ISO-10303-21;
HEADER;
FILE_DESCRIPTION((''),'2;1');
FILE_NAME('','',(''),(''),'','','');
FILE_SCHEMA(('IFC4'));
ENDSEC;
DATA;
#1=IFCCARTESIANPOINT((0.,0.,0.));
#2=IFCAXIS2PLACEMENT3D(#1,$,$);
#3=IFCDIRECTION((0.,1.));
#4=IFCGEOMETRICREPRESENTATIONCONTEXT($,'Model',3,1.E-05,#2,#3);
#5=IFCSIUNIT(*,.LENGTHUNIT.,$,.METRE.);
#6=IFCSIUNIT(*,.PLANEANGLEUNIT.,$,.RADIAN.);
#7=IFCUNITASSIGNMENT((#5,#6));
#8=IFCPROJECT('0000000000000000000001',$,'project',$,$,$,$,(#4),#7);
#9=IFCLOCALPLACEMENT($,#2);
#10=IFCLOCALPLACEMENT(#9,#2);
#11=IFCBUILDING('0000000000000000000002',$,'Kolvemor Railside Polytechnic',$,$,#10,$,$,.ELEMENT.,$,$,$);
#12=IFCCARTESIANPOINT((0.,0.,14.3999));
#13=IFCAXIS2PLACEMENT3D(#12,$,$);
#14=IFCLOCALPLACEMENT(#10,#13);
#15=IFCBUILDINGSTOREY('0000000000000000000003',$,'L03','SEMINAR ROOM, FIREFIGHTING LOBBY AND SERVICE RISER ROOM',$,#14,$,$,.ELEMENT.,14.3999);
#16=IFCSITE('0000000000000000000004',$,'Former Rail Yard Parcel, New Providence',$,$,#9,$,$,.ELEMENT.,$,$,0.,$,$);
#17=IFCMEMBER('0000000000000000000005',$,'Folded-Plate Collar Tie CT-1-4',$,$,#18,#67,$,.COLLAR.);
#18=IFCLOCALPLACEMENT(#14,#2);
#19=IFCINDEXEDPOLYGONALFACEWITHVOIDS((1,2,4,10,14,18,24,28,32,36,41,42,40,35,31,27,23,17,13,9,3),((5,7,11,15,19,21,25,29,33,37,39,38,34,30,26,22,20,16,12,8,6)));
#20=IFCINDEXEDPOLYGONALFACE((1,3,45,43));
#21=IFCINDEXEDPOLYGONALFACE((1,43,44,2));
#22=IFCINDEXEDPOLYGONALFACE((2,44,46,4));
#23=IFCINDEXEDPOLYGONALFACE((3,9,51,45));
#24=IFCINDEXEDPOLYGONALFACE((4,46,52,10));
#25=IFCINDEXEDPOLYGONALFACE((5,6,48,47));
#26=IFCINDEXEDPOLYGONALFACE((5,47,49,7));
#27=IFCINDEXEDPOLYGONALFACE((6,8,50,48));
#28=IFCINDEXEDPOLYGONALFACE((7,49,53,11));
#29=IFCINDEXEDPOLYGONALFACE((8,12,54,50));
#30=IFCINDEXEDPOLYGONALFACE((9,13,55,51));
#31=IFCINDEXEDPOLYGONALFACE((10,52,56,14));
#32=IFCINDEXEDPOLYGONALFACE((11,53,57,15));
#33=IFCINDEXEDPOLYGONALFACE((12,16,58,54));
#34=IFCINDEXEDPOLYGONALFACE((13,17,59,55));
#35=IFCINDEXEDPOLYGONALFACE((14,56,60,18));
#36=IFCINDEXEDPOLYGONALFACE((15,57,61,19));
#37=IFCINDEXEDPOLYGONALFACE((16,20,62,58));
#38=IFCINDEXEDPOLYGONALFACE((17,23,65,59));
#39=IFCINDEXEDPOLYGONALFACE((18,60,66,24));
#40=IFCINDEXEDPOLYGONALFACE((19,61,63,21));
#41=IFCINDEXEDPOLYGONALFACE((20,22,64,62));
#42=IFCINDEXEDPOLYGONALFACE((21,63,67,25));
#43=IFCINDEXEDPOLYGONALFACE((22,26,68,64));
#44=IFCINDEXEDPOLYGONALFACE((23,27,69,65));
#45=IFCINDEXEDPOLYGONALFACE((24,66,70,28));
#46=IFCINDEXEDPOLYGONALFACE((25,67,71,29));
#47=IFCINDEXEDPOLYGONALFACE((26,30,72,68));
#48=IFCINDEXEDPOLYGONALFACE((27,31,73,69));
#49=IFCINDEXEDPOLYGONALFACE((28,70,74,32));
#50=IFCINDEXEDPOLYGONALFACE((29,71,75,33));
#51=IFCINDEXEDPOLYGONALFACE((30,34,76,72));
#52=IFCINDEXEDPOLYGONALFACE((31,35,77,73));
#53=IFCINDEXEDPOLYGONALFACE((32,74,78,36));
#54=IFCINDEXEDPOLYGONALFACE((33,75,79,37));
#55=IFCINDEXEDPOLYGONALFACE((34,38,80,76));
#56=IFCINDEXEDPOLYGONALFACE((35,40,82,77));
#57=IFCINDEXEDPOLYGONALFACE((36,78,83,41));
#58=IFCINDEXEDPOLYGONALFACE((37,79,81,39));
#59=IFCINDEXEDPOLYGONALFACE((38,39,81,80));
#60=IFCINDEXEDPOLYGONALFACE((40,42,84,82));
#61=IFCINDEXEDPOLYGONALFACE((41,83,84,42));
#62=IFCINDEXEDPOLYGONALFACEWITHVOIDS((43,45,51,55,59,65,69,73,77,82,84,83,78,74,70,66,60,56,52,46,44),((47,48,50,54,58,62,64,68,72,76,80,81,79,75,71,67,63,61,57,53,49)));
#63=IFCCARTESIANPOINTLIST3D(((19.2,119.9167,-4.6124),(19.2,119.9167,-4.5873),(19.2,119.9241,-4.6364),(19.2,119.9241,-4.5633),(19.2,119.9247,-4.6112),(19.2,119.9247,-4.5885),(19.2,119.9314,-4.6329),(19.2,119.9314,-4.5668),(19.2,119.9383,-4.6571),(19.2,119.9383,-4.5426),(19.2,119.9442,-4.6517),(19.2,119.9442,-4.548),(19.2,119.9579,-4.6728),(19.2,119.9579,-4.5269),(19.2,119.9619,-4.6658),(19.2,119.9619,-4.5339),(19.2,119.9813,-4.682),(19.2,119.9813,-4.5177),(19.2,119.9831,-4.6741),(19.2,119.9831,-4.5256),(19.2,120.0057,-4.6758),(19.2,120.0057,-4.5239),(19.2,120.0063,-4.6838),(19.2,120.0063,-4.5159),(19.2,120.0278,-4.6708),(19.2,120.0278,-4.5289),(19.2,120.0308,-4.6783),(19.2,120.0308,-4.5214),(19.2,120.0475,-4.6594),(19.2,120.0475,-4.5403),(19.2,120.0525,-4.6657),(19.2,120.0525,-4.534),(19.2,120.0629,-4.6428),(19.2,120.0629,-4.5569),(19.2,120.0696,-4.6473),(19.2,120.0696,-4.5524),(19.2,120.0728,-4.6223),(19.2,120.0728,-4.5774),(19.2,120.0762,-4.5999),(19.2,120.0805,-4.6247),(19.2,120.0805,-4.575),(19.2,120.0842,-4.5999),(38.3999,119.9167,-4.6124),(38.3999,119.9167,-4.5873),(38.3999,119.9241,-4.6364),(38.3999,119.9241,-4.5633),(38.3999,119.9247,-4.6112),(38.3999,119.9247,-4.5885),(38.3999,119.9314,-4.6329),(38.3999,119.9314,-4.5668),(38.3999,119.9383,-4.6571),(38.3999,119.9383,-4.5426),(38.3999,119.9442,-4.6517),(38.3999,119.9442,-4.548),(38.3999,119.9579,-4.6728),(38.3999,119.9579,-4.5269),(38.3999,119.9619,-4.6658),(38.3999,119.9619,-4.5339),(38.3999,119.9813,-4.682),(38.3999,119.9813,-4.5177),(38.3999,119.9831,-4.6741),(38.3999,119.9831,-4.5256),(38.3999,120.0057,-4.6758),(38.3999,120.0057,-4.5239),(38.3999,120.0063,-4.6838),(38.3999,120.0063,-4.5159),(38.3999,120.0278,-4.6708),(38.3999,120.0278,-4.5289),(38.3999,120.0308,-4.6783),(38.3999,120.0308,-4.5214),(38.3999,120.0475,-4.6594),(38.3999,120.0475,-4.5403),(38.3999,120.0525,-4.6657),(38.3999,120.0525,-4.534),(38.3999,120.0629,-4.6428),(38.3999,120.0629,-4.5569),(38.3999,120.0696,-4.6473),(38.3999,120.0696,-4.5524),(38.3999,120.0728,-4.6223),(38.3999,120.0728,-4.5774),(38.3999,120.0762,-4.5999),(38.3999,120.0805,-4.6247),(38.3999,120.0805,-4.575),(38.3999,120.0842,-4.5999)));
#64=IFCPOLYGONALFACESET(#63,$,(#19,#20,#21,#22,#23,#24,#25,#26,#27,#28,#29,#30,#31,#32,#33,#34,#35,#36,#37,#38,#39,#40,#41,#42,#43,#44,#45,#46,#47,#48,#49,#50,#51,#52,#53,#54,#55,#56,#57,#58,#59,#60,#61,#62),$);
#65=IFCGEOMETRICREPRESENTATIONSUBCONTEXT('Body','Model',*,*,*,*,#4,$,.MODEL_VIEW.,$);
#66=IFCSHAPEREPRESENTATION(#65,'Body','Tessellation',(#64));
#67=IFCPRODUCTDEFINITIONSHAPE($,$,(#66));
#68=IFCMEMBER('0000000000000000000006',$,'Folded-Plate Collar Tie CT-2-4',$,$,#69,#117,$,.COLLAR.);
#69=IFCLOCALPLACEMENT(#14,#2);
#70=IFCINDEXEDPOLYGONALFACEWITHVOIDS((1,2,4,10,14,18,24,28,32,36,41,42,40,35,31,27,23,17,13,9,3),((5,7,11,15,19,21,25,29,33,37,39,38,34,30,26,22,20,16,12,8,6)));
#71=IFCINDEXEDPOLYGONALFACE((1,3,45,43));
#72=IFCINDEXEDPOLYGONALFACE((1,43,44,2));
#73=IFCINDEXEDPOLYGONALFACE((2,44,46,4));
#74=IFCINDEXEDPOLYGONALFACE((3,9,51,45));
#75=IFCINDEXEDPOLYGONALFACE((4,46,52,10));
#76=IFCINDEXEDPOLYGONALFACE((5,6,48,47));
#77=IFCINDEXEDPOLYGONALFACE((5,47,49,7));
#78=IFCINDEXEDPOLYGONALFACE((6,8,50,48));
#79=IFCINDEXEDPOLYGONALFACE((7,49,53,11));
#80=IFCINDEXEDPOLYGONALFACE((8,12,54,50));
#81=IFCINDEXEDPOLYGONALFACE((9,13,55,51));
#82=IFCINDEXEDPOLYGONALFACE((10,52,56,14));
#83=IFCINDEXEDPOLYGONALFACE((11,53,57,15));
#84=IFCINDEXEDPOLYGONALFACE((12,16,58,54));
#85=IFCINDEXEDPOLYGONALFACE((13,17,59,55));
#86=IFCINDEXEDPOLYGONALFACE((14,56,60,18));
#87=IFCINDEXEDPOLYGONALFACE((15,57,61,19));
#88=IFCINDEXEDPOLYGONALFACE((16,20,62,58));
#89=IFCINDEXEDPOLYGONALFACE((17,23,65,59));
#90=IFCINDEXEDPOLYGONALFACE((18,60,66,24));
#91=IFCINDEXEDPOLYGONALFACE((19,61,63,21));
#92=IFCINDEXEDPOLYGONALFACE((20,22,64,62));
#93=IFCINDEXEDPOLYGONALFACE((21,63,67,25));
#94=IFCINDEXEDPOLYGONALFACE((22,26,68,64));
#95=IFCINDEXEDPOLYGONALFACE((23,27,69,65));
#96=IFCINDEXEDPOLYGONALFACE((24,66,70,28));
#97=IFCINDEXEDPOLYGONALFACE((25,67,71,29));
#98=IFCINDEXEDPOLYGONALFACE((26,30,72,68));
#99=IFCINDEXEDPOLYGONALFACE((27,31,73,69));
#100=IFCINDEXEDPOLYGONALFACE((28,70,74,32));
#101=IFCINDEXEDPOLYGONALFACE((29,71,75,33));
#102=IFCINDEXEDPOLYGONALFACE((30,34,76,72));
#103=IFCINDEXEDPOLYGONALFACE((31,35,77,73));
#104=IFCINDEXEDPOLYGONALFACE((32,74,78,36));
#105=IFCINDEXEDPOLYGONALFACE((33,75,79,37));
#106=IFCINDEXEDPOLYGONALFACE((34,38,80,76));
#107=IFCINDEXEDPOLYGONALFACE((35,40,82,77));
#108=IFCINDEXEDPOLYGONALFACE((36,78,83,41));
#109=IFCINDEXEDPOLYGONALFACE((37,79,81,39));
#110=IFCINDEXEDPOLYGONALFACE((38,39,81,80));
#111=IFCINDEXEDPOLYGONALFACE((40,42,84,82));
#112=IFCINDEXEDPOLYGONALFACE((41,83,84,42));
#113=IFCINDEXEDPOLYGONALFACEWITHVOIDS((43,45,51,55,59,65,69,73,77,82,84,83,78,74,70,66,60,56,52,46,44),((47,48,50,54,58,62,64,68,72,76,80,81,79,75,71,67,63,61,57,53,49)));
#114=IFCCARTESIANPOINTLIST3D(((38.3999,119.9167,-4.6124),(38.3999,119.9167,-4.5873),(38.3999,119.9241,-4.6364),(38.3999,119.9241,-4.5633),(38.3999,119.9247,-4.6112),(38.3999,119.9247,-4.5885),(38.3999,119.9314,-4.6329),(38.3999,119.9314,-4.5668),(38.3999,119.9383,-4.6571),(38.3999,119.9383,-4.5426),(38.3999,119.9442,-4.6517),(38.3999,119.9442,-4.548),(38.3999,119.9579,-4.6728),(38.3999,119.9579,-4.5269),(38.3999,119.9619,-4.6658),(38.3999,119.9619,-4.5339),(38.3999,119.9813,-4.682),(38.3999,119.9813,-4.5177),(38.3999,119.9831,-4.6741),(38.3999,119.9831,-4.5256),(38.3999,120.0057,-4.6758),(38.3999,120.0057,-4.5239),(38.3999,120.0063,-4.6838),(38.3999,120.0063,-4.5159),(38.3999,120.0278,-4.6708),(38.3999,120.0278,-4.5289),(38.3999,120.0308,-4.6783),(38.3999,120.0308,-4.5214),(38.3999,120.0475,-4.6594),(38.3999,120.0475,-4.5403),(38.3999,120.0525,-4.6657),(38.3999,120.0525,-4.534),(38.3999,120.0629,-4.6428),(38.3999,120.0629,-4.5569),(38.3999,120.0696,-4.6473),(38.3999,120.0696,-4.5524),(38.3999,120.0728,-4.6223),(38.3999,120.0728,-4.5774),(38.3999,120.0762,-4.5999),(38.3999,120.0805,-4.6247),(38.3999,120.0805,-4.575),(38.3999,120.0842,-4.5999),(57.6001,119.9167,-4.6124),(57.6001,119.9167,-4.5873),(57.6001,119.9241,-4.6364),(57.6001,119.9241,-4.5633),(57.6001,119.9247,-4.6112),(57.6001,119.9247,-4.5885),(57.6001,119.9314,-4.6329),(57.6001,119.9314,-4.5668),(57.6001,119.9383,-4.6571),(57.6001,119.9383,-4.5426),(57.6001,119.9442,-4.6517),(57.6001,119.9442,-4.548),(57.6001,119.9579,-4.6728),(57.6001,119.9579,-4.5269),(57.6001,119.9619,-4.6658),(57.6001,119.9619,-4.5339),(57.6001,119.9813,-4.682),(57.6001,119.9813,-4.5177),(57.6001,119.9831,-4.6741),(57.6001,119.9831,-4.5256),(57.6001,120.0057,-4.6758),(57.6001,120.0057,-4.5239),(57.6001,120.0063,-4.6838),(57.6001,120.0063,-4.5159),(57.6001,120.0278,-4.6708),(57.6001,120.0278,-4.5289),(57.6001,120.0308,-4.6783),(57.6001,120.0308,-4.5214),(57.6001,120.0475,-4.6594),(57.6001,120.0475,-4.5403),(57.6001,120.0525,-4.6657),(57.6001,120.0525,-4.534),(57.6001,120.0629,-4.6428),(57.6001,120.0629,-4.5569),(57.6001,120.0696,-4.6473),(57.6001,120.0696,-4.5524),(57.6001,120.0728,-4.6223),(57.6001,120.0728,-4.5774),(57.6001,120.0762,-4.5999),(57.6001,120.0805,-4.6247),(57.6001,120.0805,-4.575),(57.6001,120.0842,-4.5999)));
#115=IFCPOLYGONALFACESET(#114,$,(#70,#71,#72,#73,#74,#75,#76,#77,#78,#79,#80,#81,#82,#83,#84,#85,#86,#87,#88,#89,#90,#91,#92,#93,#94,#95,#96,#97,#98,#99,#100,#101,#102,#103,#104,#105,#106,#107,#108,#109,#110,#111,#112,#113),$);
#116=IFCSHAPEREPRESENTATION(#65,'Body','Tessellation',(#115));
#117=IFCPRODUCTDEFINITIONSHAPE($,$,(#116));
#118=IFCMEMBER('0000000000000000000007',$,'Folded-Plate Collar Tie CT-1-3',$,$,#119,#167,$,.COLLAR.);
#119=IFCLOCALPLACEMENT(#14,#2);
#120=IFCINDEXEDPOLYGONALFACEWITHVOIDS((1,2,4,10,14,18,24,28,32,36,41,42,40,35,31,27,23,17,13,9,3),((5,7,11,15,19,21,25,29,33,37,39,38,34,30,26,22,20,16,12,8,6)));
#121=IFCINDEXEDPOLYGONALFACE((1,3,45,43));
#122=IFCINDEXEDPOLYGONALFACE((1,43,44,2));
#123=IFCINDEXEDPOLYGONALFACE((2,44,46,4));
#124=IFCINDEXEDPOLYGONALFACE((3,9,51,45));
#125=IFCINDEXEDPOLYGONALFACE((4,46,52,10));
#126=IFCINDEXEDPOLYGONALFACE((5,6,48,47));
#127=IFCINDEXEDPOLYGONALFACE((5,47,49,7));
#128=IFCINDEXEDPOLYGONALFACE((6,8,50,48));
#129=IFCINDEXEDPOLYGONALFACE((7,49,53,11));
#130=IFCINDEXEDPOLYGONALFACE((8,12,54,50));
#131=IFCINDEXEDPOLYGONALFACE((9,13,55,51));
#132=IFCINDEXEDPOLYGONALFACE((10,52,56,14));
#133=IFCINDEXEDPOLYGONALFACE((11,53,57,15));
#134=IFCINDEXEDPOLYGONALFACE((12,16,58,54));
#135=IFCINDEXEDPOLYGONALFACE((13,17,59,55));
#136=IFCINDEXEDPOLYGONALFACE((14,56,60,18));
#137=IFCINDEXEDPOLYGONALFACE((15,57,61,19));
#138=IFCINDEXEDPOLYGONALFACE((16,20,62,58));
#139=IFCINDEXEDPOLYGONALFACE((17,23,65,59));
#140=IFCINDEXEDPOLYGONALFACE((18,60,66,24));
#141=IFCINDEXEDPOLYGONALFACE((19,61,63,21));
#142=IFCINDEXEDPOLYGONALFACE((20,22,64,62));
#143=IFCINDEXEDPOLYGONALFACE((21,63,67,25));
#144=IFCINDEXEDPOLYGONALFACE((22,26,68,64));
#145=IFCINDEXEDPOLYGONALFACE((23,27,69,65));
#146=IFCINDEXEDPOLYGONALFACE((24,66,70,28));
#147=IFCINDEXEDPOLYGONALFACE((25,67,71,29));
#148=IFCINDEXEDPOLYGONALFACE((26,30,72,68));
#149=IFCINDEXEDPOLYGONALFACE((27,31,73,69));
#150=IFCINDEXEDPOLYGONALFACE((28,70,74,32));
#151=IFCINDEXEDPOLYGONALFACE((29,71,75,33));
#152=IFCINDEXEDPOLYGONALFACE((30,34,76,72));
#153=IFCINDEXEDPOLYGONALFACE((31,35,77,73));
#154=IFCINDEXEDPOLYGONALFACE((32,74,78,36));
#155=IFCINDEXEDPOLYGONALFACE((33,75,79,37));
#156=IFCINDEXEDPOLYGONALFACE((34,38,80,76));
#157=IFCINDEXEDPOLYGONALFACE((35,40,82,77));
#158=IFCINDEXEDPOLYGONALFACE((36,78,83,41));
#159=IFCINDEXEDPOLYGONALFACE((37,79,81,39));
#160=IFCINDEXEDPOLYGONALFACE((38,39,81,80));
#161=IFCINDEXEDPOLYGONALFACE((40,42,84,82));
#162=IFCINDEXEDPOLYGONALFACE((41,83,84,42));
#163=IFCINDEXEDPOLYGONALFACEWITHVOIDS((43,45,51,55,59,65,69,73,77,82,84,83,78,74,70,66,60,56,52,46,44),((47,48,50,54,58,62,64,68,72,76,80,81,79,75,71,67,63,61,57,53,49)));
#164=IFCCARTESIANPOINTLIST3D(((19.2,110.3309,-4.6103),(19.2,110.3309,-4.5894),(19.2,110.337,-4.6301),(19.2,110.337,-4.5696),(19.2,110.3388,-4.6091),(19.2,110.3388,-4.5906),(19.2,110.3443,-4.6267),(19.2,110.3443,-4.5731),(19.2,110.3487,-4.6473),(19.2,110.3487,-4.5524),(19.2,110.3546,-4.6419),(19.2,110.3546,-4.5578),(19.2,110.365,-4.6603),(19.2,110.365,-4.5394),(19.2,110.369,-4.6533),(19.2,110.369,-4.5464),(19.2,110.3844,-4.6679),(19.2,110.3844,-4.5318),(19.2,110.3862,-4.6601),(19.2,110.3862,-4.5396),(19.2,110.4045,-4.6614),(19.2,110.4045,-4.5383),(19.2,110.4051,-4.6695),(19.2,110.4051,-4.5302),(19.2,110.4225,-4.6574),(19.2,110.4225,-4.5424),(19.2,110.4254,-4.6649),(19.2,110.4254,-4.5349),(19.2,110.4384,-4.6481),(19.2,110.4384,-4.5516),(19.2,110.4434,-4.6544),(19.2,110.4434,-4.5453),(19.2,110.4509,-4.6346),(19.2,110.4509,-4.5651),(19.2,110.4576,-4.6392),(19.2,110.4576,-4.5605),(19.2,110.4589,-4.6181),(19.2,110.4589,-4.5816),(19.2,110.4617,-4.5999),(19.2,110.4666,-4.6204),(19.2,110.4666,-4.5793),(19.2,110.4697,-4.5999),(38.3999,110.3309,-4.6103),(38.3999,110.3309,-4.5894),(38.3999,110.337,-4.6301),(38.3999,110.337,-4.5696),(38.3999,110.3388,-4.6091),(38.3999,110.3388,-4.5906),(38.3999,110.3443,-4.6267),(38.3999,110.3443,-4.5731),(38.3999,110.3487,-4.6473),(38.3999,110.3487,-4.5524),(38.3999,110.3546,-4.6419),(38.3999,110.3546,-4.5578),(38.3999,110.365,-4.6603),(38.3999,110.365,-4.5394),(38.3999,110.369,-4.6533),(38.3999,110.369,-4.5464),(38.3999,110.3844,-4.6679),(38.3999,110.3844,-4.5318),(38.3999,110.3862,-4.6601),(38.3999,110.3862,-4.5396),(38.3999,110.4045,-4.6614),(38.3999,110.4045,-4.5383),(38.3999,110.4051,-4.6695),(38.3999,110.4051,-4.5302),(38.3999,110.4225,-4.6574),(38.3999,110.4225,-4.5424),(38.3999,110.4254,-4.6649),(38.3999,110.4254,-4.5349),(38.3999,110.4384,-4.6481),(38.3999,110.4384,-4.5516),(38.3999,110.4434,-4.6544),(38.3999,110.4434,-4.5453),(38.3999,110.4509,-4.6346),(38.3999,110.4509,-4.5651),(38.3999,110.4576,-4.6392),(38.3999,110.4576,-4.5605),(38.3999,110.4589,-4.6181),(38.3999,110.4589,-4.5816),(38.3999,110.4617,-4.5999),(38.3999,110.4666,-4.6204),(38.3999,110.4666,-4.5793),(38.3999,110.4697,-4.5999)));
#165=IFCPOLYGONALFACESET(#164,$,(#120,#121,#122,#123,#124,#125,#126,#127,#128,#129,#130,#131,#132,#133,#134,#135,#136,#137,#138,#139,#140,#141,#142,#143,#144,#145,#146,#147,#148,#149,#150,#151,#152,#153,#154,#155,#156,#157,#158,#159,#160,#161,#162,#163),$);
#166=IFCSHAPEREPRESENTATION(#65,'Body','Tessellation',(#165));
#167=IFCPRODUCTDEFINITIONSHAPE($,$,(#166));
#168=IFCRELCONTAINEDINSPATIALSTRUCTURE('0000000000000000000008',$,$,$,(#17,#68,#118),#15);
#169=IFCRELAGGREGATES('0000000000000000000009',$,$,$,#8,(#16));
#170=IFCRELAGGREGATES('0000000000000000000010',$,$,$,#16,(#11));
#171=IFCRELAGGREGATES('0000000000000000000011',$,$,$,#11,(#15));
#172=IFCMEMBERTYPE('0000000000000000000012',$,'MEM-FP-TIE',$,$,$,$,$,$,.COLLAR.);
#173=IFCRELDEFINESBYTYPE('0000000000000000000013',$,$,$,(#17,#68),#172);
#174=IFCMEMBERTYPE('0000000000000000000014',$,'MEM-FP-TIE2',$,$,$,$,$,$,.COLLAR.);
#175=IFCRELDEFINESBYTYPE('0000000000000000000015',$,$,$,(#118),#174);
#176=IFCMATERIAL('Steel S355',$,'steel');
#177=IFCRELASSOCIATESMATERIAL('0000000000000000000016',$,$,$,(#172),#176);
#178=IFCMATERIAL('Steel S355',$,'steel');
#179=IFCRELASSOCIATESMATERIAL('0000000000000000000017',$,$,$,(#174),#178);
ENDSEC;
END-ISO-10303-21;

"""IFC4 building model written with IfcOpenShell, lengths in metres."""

from ifc_helpers import new_model, si_unit, direction, frame, origin, origin_2d, place, context, subcontext, project, spatial, hollow_circle, extrude, material, material_profile, profile_set, type_object, element, save


model = new_model("IFC4")

# Units and contexts
model_context = context("Model", 3, precision=1e-05, world=origin(), true_north=direction((0.0, 1.0)))
body_context = subcontext(model_context, "Body", "Model", "MODEL_VIEW")
ifc_project = project(units=[si_unit("LENGTHUNIT", "METRE"), si_unit("PLANEANGLEUNIT", "RADIAN")], contexts=[model_context])

# Site, building, storey
site_placement = place(None, origin())
site = spatial("IfcSite", under=ifc_project, at=site_placement, Name="Former Rail Yard Parcel, New Providence", CompositionType="ELEMENT", RefElevation=0.0)
building_placement = place(site_placement, origin())
building = spatial("IfcBuilding", under=site, at=building_placement, Name="Kolvemor Railside Polytechnic", CompositionType="ELEMENT")
storey_placement = place(building_placement, frame((0.0, 0.0, 14.3999)))
storey = spatial("IfcBuildingStorey", under=building, at=storey_placement, Name="L03", Description="SEMINAR ROOM, FIREFIGHTING LOBBY AND SERVICE RISER ROOM", CompositionType="ELEMENT", Elevation=14.3999)

# Members
ifc_material_1 = material(Name="Steel S355", Category="steel")
ifc_material_profile_1 = material_profile(ifc_material_1, hollow_circle(Radius=0.0842, WallThickness=0.0081, at=origin_2d()), Name="CHS168.3x8")
ifc_profile_set_1 = profile_set([ifc_material_profile_1], Name="Steel S355")
member_type_1 = type_object("IfcMemberType", Name="MEM-FP-TIE", PredefinedType="COLLAR", material=ifc_profile_set_1)
member_1_placement = place(storey_placement, frame((19.2, 120.0, -4.5999), z_axis=(1.0, 0.0, 0.0), x_axis=(0.0, 1.0, 0.0)))
element("IfcMember", 1, at=member_1_placement, inside=storey, type_object=member_type_1, Name="Folded-Plate Collar Tie CT-1-4", PredefinedType="COLLAR", context=body_context, shape_type="SweptSolid", body=[
    extrude(hollow_circle(Radius=0.0842, WallThickness=0.0081, at=origin_2d()), origin(), (0.0, 0.0, 1.0), 19.2),
])
member_2_placement = place(storey_placement, frame((38.3999, 120.0, -4.5999), z_axis=(1.0, 0.0, 0.0), x_axis=(0.0, 1.0, 0.0)))
element("IfcMember", 2, at=member_2_placement, inside=storey, type_object=member_type_1, Name="Folded-Plate Collar Tie CT-2-4", PredefinedType="COLLAR", context=body_context, shape_type="SweptSolid", body=[
    extrude(hollow_circle(Radius=0.0842, WallThickness=0.0081, at=origin_2d()), origin(), (0.0, 0.0, 1.0), 19.2002),
])
ifc_material_2 = material(Name="Steel S355", Category="steel")
ifc_material_profile_2 = material_profile(ifc_material_2, hollow_circle(Radius=0.0698, WallThickness=0.0081, at=origin_2d()), Name="CHS139.7x8")
ifc_profile_set_2 = profile_set([ifc_material_profile_2], Name="Steel S355")
member_type_2 = type_object("IfcMemberType", Name="MEM-FP-TIE2", PredefinedType="COLLAR", material=ifc_profile_set_2)
member_3_placement = place(storey_placement, frame((19.2, 110.3999, -4.5999), z_axis=(1.0, 0.0, 0.0), x_axis=(0.0, 1.0, 0.0)))
element("IfcMember", 3, at=member_3_placement, inside=storey, type_object=member_type_2, Name="Folded-Plate Collar Tie CT-1-3", PredefinedType="COLLAR", context=body_context, shape_type="SweptSolid", body=[
    extrude(hollow_circle(Radius=0.0698, WallThickness=0.0081, at=origin_2d()), origin(), (0.0, 0.0, 1.0), 19.2),
])

save(model, "model.ifc")
